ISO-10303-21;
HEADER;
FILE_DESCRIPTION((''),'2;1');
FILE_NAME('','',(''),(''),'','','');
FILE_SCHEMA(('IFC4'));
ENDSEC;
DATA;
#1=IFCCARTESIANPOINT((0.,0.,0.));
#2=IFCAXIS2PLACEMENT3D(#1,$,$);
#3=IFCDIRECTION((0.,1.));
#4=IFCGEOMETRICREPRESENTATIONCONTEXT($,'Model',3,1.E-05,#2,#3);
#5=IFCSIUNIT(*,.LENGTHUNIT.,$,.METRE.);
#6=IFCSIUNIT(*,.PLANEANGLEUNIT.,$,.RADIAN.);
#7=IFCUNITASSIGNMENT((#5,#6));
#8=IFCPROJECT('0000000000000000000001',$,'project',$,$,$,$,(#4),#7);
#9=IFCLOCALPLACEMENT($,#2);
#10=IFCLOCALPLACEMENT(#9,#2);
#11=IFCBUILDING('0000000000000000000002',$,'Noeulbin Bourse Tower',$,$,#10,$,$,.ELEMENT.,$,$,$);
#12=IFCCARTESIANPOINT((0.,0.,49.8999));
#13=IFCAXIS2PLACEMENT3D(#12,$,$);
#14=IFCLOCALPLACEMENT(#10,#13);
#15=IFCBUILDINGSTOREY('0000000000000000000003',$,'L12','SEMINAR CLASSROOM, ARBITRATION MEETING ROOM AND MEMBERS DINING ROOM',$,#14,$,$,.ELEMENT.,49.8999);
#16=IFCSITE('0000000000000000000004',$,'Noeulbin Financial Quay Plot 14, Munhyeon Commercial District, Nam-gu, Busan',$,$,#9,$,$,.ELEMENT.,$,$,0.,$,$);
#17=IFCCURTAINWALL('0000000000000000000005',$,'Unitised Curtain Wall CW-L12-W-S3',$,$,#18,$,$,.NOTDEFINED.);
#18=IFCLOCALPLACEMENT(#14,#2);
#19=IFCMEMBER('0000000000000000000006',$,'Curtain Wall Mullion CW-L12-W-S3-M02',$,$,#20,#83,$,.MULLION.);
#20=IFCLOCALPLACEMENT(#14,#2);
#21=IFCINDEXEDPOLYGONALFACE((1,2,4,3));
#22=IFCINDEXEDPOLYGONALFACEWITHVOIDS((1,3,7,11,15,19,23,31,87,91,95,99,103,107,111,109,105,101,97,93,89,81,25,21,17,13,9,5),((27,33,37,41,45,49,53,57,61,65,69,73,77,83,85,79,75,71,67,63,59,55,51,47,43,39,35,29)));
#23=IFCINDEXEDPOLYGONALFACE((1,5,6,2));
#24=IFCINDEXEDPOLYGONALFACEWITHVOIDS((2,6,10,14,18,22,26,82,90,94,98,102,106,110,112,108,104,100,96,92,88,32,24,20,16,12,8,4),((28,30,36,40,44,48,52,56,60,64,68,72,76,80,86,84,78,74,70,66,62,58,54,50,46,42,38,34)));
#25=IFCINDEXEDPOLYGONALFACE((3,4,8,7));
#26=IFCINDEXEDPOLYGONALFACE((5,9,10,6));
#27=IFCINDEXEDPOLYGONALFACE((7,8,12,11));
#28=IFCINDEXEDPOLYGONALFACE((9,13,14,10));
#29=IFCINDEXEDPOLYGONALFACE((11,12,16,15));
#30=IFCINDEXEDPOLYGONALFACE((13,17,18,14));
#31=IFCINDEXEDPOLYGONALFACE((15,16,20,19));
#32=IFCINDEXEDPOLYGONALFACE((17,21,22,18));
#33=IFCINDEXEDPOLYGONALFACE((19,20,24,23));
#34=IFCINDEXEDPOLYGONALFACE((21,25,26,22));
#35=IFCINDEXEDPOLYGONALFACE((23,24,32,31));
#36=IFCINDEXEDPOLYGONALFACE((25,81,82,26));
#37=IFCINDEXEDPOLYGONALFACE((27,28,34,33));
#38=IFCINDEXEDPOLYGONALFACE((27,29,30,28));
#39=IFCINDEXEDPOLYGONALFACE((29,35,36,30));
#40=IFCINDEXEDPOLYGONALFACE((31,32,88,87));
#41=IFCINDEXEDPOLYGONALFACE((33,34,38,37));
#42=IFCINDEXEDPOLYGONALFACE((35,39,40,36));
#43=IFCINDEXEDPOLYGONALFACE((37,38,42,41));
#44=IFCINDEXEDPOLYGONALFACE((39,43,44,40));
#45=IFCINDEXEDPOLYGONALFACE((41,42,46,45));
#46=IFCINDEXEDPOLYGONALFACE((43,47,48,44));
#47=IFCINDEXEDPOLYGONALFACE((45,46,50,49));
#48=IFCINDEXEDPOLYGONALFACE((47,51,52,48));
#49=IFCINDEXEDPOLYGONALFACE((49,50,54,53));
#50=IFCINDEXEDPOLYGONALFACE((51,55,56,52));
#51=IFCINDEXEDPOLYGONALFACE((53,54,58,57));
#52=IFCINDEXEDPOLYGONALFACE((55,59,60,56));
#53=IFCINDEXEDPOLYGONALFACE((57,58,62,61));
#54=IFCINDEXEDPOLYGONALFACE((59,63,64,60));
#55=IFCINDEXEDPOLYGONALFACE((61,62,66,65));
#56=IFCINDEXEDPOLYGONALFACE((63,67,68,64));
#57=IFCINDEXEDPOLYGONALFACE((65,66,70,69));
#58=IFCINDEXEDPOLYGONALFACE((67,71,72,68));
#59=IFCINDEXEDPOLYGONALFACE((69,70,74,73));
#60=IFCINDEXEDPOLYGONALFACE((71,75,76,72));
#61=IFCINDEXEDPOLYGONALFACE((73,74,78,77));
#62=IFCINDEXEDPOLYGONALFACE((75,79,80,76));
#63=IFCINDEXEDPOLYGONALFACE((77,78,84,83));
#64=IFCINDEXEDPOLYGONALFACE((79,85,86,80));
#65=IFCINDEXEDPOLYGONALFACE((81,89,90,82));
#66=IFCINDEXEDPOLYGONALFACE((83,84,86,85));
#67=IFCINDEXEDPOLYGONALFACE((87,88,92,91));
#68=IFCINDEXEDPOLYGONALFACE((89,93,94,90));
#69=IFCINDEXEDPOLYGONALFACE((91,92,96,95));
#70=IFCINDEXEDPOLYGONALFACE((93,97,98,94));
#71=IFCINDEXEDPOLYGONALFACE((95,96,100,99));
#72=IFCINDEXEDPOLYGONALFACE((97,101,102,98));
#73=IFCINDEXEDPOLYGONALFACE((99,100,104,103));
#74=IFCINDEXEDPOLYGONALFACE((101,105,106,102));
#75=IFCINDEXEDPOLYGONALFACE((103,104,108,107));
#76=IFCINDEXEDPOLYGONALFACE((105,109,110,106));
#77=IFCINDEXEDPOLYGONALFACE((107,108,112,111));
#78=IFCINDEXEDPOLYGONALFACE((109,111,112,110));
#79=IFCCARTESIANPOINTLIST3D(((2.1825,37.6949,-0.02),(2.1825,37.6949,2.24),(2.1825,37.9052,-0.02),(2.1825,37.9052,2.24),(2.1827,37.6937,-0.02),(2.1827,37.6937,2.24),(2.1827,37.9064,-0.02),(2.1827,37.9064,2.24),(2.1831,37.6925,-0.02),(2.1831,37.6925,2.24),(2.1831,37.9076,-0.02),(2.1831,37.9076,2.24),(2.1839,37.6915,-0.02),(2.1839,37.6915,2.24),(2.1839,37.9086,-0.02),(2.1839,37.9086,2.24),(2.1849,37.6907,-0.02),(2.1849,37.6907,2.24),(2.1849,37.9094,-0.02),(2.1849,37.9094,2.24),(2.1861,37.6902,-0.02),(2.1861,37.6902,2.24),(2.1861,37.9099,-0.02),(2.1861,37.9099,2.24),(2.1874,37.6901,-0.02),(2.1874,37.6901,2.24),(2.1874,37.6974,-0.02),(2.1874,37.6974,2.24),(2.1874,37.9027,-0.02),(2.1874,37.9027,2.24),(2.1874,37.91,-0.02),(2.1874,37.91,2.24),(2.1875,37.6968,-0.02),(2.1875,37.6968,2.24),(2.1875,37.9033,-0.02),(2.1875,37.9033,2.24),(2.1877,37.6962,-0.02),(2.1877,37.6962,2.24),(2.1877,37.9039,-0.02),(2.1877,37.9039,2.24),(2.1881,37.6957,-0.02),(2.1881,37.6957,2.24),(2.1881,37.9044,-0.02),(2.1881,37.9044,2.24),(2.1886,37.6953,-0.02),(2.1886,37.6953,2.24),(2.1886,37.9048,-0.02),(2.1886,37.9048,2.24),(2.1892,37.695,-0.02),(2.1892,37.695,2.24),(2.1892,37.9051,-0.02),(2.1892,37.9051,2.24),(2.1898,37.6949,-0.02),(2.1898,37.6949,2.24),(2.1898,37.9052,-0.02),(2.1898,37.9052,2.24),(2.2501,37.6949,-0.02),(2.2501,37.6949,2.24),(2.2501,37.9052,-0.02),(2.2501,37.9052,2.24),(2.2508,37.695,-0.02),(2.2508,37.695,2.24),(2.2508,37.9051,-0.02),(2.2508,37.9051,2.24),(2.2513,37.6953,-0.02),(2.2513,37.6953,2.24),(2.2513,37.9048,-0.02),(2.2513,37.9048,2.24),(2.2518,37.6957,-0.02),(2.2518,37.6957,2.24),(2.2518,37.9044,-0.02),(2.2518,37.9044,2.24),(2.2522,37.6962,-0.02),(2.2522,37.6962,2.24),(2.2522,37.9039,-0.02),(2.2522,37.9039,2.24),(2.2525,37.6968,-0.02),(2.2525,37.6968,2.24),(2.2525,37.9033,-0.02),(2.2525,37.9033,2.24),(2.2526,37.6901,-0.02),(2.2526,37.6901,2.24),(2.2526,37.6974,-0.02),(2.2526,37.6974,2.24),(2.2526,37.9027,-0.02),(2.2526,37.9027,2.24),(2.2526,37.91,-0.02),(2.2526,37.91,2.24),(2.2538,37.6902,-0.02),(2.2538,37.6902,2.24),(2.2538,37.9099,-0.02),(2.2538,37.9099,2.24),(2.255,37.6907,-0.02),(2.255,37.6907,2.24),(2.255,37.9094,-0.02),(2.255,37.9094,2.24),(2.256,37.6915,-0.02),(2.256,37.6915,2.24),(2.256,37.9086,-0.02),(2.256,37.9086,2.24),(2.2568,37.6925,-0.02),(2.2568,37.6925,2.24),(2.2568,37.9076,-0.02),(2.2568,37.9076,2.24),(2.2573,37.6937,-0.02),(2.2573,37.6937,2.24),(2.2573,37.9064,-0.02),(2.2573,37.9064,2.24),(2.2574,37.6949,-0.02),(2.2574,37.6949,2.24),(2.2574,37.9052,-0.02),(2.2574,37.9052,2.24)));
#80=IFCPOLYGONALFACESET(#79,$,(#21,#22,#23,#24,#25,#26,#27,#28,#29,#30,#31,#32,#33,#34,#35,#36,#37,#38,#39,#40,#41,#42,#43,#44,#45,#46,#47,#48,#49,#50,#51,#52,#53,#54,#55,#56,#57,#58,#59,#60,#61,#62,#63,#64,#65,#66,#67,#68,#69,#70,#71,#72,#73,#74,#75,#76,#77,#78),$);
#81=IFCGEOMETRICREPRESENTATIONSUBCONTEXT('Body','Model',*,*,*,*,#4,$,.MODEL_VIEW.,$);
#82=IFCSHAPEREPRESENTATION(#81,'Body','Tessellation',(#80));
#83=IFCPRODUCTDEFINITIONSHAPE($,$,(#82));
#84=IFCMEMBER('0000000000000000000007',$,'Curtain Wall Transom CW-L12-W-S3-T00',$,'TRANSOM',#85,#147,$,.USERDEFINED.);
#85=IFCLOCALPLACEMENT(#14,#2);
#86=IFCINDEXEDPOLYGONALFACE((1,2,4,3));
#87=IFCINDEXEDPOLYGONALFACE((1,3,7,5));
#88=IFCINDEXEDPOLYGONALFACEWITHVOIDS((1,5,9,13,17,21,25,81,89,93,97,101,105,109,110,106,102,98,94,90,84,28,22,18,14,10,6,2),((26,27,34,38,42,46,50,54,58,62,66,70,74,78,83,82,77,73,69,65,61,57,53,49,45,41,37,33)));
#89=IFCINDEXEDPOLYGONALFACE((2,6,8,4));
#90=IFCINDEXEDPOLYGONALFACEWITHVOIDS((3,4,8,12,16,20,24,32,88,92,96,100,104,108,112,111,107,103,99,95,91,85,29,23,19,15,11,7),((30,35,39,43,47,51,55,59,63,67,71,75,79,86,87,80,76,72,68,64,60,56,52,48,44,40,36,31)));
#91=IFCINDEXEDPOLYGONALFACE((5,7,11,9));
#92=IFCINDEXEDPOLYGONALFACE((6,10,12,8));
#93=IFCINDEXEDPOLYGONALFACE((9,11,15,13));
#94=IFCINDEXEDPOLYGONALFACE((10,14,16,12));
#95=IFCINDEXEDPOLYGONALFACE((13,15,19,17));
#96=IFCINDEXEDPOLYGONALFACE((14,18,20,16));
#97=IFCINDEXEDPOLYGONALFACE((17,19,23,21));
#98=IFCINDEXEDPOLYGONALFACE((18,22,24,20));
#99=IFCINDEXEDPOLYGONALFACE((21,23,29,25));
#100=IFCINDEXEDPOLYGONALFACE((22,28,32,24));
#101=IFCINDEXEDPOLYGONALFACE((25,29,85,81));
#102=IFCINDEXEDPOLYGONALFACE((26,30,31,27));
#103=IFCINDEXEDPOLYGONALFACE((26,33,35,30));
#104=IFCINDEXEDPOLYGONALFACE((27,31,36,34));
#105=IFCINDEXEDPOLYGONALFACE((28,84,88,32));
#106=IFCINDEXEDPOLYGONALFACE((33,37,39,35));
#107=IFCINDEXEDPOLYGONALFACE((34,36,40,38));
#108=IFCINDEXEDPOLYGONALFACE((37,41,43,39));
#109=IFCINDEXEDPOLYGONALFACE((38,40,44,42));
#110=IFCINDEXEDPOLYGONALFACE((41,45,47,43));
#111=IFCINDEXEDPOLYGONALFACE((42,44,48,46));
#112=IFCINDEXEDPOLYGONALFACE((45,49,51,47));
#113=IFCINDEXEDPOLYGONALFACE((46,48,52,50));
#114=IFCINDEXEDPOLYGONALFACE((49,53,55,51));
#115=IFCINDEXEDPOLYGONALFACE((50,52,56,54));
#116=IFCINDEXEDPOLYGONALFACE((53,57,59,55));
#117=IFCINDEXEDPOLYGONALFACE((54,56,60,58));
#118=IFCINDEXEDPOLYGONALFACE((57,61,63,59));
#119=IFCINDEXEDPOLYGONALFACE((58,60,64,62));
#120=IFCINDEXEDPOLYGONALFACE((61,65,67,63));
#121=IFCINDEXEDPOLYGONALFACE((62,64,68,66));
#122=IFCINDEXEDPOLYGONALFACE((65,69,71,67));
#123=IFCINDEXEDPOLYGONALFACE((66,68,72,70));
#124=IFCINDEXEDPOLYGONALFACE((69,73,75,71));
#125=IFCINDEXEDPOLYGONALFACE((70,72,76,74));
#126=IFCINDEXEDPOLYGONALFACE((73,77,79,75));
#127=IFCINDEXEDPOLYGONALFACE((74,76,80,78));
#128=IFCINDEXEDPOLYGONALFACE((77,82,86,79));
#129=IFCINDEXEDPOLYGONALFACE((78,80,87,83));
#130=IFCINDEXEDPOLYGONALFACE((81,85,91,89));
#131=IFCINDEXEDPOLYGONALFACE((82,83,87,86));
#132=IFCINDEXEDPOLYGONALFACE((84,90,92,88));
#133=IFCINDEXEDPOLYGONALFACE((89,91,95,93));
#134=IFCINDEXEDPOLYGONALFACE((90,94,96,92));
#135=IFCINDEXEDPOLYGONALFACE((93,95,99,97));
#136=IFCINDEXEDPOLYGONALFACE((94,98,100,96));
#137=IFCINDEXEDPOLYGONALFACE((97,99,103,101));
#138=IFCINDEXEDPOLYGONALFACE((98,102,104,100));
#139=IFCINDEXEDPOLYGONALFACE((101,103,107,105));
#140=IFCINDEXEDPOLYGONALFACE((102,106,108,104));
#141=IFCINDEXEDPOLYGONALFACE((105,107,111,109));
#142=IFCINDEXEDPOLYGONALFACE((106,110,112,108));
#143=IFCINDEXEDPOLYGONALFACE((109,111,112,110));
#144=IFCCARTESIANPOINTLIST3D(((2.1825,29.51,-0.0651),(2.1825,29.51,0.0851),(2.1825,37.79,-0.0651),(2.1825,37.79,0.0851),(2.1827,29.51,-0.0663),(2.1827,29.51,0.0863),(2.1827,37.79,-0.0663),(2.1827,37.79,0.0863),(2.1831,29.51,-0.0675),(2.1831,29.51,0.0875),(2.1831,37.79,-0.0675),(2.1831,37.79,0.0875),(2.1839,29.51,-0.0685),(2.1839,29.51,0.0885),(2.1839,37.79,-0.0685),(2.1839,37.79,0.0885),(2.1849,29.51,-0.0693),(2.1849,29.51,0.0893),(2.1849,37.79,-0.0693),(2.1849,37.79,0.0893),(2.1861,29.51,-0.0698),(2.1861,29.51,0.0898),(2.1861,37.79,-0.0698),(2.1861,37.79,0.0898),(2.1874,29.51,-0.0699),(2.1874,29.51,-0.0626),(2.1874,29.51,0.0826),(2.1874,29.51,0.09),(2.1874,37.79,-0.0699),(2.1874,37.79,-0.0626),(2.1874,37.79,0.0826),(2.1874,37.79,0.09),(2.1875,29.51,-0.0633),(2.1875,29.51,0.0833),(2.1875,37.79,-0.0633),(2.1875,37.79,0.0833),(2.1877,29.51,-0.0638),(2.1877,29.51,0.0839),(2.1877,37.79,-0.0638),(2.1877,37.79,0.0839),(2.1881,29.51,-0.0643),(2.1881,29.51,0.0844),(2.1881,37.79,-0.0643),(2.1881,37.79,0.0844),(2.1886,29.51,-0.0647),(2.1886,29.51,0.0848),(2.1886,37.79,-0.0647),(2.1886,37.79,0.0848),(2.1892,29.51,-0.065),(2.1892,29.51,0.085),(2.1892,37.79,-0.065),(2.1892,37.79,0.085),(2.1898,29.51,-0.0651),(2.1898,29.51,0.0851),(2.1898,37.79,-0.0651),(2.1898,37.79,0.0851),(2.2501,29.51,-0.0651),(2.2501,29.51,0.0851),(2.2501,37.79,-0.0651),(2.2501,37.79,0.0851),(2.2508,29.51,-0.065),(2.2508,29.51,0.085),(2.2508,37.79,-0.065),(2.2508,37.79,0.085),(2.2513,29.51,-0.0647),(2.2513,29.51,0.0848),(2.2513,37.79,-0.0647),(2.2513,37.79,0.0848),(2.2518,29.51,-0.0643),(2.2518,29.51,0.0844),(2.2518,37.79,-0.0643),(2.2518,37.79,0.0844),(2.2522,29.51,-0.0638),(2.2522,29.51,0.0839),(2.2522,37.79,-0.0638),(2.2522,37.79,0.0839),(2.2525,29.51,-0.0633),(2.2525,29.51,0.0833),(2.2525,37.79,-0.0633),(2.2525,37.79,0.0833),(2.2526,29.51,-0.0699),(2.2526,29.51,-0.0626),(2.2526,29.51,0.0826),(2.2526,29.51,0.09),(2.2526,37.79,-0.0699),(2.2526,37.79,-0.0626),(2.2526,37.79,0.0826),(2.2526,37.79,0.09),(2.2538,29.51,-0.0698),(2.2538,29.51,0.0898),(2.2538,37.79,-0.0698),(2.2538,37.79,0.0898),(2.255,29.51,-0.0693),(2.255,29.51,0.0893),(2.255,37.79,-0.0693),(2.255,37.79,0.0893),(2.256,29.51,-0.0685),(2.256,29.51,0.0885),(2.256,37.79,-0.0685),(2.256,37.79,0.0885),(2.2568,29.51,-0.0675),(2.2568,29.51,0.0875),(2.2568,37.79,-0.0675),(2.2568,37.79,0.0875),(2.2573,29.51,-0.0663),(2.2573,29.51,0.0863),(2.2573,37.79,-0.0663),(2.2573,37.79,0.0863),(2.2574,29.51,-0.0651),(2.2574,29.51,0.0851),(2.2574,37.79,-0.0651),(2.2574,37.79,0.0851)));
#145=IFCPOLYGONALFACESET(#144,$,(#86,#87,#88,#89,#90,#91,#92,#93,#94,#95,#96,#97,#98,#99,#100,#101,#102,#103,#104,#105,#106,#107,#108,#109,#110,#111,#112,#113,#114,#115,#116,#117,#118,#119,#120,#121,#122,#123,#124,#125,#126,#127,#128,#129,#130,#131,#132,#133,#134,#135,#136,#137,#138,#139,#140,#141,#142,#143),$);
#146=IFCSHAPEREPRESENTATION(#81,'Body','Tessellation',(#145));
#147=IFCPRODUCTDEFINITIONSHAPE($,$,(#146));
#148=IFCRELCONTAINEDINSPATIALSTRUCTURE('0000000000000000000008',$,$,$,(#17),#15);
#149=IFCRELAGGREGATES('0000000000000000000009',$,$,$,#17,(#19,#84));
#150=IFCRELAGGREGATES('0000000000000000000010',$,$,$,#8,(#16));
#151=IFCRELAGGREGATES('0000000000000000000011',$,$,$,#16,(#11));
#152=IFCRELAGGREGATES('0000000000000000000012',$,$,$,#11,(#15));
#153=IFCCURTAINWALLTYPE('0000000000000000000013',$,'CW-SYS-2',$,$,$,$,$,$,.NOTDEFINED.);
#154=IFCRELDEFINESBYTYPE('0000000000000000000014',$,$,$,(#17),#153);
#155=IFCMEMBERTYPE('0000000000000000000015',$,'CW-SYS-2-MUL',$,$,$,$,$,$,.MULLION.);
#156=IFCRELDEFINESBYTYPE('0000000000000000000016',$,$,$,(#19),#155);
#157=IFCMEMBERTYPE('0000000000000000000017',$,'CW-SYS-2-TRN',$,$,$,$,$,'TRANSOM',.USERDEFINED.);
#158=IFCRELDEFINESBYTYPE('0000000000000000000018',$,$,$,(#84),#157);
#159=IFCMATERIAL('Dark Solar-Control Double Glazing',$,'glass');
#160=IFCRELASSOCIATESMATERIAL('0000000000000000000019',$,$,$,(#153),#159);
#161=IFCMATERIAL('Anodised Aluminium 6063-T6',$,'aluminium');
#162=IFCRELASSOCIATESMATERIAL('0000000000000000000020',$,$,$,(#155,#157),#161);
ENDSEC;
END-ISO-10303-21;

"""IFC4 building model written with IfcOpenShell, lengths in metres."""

from ifc_helpers import new_model, si_unit, direction, frame, origin, origin_2d, place, context, subcontext, project, spatial, hollow_rectangle, extrude, material, material_profile, profile_set, type_object, element, aggregate, save


model = new_model("IFC4")

# Units and contexts
model_context = context("Model", 3, precision=1e-05, world=origin(), true_north=direction((0.0, 1.0)))
body_context = subcontext(model_context, "Body", "Model", "MODEL_VIEW")
ifc_project = project(units=[si_unit("LENGTHUNIT", "METRE"), si_unit("PLANEANGLEUNIT", "RADIAN")], contexts=[model_context])

# Site, building, storey
site_placement = place(None, origin())
site = spatial("IfcSite", under=ifc_project, at=site_placement, Name="Noeulbin Financial Quay Plot 14, Munhyeon Commercial District, Nam-gu, Busan", CompositionType="ELEMENT", RefElevation=0.0)
building_placement = place(site_placement, origin())
building = spatial("IfcBuilding", under=site, at=building_placement, Name="Noeulbin Bourse Tower", CompositionType="ELEMENT")
storey_placement = place(building_placement, frame((0.0, 0.0, 49.8999)))
storey = spatial("IfcBuildingStorey", under=building, at=storey_placement, Name="L12", Description="SEMINAR CLASSROOM, ARBITRATION MEETING ROOM AND MEMBERS DINING ROOM", CompositionType="ELEMENT", Elevation=49.8999)

# Curtain wall, members
ifc_material_1 = material(Name="Dark Solar-Control Double Glazing", Category="glass")
curtain_wall_type = type_object("IfcCurtainWallType", Name="CW-SYS-2", PredefinedType="NOTDEFINED", material=ifc_material_1)
curtain_wall_placement = place(storey_placement, origin())
curtain_wall = element("IfcCurtainWall", 1, at=curtain_wall_placement, inside=storey, type_object=curtain_wall_type, Name="Unitised Curtain Wall CW-L12-W-S3", PredefinedType="NOTDEFINED")
ifc_material_2 = material(Name="Anodised Aluminium 6063-T6", Category="aluminium")
ifc_material_profile_1 = material_profile(ifc_material_2, hollow_rectangle(XDim=0.075, YDim=0.22, WallThickness=0.0049, InnerFilletRadius=0.0024, OuterFilletRadius=0.0049, at=origin_2d()), Name="ALU-MULL-75x220x5", Category="LoadBearing")
ifc_profile_set_1 = profile_set([ifc_material_profile_1], Name="Anodised Aluminium 6063-T6")
member_type_1 = type_object("IfcMemberType", Name="CW-SYS-2-MUL", PredefinedType="MULLION", material=ifc_profile_set_1)
member_1_placement = place(storey_placement, frame((2.22, 37.8, -0.02), z_axis=(0.0, 0.0, 1.0), x_axis=(1.0, 0.0, 0.0)))
member_1 = element("IfcMember", 2, at=member_1_placement, type_object=member_type_1, Name="Curtain Wall Mullion CW-L12-W-S3-M02", PredefinedType="MULLION", context=body_context, shape_type="SweptSolid", body=[
    extrude(hollow_rectangle(XDim=0.075, YDim=0.22, WallThickness=0.0049, InnerFilletRadius=0.0024, OuterFilletRadius=0.0049, at=origin_2d()), origin(), (0.0, 0.0, 1.0), 2.26),
])
ifc_material_profile_2 = material_profile(ifc_material_2, hollow_rectangle(XDim=0.075, YDim=0.1599, WallThickness=0.0049, InnerFilletRadius=0.0024, OuterFilletRadius=0.0049, at=origin_2d()), Name="ALU-TRAN-75x160x5", Category="LoadBearing")
ifc_profile_set_2 = profile_set([ifc_material_profile_2], Name="Anodised Aluminium 6063-T6")
member_type_2 = type_object("IfcMemberType", Name="CW-SYS-2-TRN", ElementType="TRANSOM", PredefinedType="USERDEFINED", material=ifc_profile_set_2)
member_2_placement = place(storey_placement, frame((2.22, 29.51, 0.01), z_axis=(0.0, 1.0, 0.0), x_axis=(-1.0, 0.0, 0.0)))
member_2 = element("IfcMember", 3, at=member_2_placement, type_object=member_type_2, Name="Curtain Wall Transom CW-L12-W-S3-T00", ObjectType="TRANSOM", PredefinedType="USERDEFINED", context=body_context, shape_type="SweptSolid", body=[
    extrude(hollow_rectangle(XDim=0.075, YDim=0.1599, WallThickness=0.0049, InnerFilletRadius=0.0024, OuterFilletRadius=0.0049, at=origin_2d()), origin(), (0.0, 0.0, 1.0), 8.28),
])
aggregate(curtain_wall, [member_1, member_2])

save(model, "model.ifc")
